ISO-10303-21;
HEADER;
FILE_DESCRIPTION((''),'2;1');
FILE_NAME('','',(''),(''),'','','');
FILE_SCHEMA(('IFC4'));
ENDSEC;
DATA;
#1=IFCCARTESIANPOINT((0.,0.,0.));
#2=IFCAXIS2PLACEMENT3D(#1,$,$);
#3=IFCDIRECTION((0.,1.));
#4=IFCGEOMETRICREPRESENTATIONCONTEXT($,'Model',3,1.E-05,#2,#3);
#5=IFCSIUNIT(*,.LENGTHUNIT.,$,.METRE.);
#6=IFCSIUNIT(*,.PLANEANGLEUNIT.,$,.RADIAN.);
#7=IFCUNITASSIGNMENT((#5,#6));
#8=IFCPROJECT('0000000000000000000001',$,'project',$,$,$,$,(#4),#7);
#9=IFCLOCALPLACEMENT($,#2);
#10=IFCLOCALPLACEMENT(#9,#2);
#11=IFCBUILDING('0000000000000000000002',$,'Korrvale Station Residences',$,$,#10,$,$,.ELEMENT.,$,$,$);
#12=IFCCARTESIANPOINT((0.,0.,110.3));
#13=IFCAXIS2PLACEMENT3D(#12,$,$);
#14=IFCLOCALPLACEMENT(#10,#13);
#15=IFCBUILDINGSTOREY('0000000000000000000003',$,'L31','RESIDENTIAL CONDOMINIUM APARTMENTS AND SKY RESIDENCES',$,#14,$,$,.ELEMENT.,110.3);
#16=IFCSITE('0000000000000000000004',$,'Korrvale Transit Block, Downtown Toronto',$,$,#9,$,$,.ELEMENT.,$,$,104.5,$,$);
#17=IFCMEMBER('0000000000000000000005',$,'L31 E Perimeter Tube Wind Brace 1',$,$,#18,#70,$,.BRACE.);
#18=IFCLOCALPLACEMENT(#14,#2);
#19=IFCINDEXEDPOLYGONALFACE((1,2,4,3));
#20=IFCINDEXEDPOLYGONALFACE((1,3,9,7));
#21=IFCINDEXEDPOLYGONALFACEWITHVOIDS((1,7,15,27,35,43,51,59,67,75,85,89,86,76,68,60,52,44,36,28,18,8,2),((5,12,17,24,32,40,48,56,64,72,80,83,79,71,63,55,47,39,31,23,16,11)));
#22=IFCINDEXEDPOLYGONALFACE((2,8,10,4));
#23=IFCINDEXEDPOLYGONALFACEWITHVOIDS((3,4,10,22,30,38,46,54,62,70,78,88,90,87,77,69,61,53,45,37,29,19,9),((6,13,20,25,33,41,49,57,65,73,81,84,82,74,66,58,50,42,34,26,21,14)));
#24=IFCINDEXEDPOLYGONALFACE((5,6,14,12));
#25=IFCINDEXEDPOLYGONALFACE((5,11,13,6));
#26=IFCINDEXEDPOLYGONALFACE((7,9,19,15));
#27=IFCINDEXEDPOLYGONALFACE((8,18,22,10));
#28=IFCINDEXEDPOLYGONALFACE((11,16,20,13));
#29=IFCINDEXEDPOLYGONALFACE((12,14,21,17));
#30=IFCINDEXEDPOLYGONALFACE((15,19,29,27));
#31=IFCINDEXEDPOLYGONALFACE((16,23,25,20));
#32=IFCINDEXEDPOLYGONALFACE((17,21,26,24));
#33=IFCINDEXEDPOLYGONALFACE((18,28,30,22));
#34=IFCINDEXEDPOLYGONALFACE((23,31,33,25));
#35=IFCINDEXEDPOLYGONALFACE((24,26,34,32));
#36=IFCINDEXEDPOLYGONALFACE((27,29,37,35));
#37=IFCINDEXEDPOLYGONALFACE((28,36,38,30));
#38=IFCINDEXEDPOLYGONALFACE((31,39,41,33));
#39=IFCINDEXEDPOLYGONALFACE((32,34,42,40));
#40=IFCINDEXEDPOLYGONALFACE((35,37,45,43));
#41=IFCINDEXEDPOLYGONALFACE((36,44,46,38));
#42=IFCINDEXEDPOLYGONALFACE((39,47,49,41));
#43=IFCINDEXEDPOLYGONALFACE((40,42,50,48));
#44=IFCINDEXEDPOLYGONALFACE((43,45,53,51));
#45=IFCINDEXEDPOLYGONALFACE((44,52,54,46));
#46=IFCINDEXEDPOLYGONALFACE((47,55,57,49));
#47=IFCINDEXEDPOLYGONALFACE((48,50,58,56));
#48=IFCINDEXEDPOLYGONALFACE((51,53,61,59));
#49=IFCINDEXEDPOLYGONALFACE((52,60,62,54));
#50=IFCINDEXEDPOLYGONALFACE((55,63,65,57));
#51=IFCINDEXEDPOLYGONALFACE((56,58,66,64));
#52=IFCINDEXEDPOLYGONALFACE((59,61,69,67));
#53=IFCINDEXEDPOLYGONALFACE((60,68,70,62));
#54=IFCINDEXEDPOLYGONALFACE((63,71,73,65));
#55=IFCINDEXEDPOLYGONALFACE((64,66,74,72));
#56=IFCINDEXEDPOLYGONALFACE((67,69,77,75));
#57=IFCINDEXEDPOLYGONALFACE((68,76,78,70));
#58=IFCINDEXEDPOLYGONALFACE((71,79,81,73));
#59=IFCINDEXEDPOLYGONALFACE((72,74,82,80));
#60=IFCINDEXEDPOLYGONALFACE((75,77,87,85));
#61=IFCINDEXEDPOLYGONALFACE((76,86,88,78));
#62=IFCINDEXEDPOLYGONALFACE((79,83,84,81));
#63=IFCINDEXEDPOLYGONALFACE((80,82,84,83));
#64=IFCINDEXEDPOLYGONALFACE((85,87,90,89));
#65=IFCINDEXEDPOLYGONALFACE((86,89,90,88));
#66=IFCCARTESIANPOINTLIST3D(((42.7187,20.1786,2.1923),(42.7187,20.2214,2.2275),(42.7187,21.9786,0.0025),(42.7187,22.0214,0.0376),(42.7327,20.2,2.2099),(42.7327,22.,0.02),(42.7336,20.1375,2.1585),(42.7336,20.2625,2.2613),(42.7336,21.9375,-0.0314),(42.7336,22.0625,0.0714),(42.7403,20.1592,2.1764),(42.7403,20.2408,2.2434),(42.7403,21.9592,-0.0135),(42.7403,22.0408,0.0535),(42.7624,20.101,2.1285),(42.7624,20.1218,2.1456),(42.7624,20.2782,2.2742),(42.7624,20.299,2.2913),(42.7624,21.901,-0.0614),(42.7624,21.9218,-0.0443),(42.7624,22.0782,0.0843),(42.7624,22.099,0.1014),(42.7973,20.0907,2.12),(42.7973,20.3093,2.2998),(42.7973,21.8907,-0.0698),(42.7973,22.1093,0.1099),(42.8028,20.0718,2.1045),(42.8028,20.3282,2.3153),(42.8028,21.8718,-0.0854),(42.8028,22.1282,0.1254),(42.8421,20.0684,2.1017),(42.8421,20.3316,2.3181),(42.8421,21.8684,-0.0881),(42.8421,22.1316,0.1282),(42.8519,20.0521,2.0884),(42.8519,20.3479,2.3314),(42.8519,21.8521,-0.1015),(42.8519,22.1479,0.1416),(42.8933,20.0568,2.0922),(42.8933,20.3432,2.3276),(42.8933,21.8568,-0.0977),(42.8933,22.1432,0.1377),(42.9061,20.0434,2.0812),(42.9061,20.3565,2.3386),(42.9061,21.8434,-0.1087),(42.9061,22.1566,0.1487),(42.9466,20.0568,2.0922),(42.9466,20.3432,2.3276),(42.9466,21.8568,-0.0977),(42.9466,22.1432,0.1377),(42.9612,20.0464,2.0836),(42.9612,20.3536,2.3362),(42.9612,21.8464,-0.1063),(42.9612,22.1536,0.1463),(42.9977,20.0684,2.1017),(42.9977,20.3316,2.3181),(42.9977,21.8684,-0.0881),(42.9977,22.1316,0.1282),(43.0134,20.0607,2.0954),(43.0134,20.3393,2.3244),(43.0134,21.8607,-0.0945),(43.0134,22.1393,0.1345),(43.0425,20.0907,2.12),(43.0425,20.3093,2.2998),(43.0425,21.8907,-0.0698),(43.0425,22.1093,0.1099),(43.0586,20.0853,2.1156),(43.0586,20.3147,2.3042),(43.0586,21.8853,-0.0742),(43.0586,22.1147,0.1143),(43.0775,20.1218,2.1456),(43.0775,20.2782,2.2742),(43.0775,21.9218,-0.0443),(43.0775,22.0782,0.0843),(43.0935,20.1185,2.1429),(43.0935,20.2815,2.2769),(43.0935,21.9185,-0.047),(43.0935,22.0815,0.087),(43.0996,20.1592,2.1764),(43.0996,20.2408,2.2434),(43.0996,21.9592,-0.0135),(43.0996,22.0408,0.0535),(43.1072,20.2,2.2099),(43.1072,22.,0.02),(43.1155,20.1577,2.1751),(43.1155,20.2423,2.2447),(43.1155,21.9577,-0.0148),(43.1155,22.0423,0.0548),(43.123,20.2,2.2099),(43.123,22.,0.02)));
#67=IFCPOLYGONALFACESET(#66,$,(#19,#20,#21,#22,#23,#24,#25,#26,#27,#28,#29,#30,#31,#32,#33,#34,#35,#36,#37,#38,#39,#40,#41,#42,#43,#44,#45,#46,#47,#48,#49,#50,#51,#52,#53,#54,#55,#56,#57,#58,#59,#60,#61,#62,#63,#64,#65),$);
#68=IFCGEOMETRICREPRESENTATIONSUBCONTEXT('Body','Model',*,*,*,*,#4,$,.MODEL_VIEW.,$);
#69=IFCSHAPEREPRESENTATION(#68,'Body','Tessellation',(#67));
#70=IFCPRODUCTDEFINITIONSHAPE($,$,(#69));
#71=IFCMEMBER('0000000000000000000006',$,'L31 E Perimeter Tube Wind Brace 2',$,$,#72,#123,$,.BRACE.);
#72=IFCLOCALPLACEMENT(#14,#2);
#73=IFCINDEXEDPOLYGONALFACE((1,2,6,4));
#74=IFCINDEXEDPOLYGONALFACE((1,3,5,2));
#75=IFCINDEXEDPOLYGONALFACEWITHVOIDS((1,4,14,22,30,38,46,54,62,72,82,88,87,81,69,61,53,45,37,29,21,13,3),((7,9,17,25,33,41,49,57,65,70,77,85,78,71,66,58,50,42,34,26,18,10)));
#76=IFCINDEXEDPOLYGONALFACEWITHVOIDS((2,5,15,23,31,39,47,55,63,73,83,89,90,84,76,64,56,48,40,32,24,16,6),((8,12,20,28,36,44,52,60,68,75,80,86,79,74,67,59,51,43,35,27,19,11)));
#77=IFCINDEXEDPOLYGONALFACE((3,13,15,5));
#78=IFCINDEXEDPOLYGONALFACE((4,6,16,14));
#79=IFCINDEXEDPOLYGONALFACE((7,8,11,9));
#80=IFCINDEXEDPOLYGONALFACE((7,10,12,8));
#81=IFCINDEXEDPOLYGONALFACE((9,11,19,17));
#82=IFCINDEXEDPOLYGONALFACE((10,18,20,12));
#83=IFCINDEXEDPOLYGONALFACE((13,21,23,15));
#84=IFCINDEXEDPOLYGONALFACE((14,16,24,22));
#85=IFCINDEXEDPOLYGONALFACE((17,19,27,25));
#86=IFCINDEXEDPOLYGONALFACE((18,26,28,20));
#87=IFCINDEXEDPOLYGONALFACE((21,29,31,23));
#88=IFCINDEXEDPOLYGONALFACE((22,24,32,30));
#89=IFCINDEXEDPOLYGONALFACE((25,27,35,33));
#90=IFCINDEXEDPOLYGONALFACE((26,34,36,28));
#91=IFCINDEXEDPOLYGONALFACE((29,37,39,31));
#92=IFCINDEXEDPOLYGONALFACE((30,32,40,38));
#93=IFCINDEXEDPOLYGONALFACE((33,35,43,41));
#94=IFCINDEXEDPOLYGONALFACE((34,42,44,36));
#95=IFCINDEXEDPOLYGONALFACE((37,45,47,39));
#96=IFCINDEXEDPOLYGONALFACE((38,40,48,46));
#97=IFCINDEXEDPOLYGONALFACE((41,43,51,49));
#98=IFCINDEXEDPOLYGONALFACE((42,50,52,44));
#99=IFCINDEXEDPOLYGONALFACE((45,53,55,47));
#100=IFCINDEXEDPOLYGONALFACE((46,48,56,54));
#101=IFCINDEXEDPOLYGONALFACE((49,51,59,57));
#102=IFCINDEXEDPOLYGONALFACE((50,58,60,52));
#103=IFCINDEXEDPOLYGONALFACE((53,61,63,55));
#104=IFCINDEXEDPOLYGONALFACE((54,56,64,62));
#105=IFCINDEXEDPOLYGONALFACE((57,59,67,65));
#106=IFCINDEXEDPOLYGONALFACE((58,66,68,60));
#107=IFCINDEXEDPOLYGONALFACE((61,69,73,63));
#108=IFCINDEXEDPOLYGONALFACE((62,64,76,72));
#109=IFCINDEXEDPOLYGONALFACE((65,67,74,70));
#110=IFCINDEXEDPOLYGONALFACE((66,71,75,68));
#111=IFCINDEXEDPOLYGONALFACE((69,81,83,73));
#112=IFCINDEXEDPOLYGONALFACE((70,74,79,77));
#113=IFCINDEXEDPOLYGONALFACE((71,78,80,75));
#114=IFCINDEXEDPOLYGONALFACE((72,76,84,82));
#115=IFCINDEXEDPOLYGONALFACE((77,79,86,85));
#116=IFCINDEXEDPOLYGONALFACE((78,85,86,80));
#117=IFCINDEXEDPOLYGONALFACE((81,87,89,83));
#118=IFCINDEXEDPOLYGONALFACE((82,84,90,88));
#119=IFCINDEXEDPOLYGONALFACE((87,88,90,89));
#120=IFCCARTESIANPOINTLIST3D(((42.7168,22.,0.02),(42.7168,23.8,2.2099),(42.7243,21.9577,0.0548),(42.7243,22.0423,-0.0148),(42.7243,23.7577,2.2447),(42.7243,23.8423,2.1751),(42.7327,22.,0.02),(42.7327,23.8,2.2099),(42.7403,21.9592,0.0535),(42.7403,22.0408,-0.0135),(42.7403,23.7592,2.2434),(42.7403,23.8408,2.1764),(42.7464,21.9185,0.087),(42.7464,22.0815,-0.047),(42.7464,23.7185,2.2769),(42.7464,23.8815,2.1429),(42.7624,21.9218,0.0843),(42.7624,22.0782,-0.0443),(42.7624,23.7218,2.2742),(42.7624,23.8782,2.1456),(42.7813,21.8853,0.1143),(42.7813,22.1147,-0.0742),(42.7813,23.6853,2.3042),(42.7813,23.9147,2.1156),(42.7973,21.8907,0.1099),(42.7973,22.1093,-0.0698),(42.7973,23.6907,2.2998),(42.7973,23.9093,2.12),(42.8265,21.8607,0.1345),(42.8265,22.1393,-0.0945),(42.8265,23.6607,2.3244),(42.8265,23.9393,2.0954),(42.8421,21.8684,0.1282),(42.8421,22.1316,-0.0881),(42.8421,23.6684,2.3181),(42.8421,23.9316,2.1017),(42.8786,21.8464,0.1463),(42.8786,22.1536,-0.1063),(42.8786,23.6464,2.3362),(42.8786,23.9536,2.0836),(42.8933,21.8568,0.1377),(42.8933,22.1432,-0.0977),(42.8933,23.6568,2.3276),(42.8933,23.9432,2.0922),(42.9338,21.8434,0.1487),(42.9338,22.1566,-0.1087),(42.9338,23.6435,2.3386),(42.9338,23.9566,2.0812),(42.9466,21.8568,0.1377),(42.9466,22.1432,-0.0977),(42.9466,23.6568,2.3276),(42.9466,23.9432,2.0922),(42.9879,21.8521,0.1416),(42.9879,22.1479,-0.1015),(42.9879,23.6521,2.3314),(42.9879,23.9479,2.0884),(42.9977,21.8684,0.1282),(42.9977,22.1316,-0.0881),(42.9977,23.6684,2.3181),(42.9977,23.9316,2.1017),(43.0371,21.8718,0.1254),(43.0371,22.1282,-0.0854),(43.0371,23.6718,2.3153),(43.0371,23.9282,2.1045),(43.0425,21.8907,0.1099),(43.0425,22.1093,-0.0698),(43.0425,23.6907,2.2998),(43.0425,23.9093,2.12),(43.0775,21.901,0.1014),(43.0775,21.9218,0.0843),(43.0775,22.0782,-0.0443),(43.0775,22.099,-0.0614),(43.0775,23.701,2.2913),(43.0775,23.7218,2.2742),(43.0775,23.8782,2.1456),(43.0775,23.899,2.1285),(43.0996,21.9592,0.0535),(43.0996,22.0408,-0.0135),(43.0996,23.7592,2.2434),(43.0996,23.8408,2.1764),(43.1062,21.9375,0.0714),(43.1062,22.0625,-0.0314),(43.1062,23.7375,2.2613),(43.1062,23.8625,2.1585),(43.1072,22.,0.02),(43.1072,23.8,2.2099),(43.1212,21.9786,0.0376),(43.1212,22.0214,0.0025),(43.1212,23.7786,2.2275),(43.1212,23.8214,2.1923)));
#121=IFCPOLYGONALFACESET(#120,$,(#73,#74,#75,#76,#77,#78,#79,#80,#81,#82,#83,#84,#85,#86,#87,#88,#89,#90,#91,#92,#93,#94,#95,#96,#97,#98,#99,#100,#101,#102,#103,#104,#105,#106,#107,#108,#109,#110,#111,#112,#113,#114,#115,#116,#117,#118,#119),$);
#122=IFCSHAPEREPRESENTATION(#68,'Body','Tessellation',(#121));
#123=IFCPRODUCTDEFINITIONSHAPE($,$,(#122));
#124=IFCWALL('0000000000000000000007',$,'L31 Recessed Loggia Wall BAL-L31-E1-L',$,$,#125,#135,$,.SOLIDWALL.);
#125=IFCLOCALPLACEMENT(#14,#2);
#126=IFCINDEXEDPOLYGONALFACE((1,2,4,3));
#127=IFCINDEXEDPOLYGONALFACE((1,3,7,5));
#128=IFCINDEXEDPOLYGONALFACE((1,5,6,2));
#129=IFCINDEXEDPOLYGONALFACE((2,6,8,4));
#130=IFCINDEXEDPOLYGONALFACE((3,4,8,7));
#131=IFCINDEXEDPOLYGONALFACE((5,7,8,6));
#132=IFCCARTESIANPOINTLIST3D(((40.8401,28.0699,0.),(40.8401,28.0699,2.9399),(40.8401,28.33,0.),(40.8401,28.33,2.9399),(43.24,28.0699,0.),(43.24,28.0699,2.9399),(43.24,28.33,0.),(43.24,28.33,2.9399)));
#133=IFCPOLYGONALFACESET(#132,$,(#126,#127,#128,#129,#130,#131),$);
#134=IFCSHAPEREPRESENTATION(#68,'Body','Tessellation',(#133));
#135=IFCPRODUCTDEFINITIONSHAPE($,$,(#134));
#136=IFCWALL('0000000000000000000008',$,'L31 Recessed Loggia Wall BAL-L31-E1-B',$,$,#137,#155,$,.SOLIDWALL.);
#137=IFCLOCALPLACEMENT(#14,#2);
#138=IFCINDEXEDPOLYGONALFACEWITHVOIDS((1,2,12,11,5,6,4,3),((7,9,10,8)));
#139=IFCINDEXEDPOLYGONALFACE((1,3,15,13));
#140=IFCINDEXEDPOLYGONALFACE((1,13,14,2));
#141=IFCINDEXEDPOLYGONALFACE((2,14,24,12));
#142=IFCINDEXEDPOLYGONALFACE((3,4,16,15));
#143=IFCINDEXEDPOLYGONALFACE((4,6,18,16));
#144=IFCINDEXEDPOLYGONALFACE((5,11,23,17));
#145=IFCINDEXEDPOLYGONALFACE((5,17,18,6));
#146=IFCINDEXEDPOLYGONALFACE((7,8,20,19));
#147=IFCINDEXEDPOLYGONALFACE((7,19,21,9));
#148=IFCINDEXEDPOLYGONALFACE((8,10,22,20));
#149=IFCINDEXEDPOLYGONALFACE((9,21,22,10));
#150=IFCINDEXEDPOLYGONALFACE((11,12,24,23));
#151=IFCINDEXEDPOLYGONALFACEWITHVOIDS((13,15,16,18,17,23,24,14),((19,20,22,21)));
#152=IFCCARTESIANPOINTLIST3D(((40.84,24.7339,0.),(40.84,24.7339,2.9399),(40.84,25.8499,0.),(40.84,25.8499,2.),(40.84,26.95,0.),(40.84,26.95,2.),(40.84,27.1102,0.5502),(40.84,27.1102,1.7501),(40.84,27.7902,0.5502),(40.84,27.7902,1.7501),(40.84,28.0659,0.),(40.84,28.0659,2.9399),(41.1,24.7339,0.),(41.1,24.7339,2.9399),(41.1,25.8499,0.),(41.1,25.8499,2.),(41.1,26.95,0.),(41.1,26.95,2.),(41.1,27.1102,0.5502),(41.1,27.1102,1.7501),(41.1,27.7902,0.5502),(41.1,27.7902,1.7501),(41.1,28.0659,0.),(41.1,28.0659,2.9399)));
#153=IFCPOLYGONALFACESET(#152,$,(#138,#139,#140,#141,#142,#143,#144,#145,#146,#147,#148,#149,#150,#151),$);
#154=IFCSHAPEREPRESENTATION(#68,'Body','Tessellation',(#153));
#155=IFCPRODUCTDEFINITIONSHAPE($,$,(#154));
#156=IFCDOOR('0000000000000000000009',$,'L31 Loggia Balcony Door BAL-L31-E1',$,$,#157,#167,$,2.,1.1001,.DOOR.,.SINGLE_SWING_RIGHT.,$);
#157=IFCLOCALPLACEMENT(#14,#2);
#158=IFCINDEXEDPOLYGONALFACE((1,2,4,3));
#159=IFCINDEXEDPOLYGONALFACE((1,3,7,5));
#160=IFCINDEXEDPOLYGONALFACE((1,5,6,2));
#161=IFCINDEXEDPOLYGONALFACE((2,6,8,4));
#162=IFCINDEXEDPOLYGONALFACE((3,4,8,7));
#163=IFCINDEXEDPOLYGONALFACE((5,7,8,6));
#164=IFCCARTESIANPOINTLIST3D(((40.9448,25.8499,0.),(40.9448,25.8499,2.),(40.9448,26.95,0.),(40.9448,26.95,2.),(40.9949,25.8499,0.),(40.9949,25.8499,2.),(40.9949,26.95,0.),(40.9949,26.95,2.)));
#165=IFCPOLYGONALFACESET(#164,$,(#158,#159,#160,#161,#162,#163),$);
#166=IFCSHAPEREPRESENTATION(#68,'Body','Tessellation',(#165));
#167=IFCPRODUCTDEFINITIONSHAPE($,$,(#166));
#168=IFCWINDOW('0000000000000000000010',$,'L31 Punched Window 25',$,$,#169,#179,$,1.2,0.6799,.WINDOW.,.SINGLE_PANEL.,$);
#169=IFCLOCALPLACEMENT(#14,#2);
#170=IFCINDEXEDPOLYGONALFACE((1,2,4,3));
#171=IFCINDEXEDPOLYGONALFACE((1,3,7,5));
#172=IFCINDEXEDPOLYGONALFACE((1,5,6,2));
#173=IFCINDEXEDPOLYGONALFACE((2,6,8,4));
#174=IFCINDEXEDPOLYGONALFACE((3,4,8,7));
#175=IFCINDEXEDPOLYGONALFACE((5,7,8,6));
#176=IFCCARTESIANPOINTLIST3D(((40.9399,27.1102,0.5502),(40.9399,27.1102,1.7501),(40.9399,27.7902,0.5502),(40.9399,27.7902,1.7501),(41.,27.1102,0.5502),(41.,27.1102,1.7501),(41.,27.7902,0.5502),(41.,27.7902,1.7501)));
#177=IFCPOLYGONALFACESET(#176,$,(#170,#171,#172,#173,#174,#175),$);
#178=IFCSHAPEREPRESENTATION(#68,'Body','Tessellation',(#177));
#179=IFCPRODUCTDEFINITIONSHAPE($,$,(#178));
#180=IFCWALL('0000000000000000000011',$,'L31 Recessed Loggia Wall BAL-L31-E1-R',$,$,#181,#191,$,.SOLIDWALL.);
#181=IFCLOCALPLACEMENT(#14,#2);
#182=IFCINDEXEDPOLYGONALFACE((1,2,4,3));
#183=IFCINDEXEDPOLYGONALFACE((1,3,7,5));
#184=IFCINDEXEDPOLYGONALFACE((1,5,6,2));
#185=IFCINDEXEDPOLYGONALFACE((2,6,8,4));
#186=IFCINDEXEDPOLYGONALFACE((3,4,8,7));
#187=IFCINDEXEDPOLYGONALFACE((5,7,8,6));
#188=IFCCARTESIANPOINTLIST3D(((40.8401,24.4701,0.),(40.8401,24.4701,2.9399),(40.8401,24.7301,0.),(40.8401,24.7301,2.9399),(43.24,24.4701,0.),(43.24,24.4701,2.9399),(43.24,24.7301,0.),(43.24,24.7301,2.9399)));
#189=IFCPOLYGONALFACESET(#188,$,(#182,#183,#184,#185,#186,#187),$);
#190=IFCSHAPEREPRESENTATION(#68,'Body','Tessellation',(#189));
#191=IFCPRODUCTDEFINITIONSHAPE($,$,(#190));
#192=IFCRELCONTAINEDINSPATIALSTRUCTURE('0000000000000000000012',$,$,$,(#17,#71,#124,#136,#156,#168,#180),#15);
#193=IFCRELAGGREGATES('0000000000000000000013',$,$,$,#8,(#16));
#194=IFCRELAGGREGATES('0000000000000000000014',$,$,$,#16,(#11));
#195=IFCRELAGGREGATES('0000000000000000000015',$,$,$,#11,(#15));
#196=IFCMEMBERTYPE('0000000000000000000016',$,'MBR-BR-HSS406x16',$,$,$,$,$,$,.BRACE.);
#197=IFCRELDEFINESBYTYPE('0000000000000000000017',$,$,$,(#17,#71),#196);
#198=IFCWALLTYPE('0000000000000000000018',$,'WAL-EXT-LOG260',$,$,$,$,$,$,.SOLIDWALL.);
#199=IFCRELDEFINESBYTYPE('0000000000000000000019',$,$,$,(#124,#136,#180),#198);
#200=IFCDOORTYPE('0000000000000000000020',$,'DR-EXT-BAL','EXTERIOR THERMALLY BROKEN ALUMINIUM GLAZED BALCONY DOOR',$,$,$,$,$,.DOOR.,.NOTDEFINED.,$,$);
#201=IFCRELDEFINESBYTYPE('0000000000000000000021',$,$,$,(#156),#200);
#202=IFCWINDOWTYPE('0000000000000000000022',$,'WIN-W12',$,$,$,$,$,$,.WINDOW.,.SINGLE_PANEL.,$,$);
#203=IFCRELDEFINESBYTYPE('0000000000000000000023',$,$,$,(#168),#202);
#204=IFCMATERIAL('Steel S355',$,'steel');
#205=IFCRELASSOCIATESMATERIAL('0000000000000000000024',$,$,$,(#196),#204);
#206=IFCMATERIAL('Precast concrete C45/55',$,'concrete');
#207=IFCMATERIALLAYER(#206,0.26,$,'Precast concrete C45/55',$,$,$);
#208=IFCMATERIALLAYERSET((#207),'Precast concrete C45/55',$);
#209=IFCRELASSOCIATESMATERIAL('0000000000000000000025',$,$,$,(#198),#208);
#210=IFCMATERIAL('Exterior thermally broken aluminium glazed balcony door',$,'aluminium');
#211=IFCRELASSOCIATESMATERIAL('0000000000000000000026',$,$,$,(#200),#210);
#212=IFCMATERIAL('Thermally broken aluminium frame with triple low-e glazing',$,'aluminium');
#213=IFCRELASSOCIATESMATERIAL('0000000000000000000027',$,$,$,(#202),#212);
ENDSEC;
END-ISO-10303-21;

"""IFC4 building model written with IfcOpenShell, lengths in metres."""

from ifc_helpers import new_model, si_unit, direction, frame, frame_2d, origin, origin_2d, place, context, subcontext, project, spatial, rectangle, hollow_circle, extrude, material, layer, layer_set, material_profile, profile_set, type_object, element, fill, save


model = new_model("IFC4")

# Units and contexts
model_context = context("Model", 3, precision=1e-05, world=origin(), true_north=direction((0.0, 1.0)))
body_context = subcontext(model_context, "Body", "Model", "MODEL_VIEW")
ifc_project = project(units=[si_unit("LENGTHUNIT", "METRE"), si_unit("PLANEANGLEUNIT", "RADIAN")], contexts=[model_context])

# Site, building, storey
site_placement = place(None, origin())
site = spatial("IfcSite", under=ifc_project, at=site_placement, Name="Korrvale Transit Block, Downtown Toronto", CompositionType="ELEMENT", RefElevation=104.5)
building_placement = place(site_placement, origin())
building = spatial("IfcBuilding", under=site, at=building_placement, Name="Korrvale Station Residences", CompositionType="ELEMENT")
storey_placement = place(building_placement, frame((0.0, 0.0, 110.3)))
storey = spatial("IfcBuildingStorey", under=building, at=storey_placement, Name="L31", Description="RESIDENTIAL CONDOMINIUM APARTMENTS AND SKY RESIDENCES", CompositionType="ELEMENT", Elevation=110.3)

# Shared definitions
ifc_material_1 = material(Name="Steel S355", Category="steel")

# Members
ifc_material_profile_1 = material_profile(ifc_material_1, hollow_circle(Radius=0.2031, WallThickness=0.0159, at=origin_2d()), Name="HSS406x16")
ifc_profile_set_1 = profile_set([ifc_material_profile_1], Name="Steel S355")
member_type = type_object("IfcMemberType", Name="MBR-BR-HSS406x16", PredefinedType="BRACE", material=ifc_profile_set_1)
for number, where, z_axis, x_axis, name in (
    (1, (42.9199, 22.0, 0.02), (0.0, -0.634985, 0.772524), (1.0, 0.0, 0.0), "L31 E Perimeter Tube Wind Brace 1"),
    (2, (42.9199, 22.0, 0.02), (0.0, 0.634985, 0.772524), (-1.0, 0.0, 0.0), "L31 E Perimeter Tube Wind Brace 2"),
):
    element("IfcMember", number, at=place(storey_placement, frame(where, z_axis=z_axis, x_axis=x_axis)), inside=storey, type_object=member_type, Name=name, PredefinedType="BRACE", context=body_context, shape_type="SweptSolid", body=[
        extrude(hollow_circle(Radius=0.2031, WallThickness=0.0159, at=origin_2d()), origin(), (0.0, 0.0, 1.0), 2.8347),
    ])

# Wall
ifc_material_2 = material(Name="Precast concrete C45/55", Category="concrete")
ifc_layer_1 = layer(ifc_material_2, 0.26, Name="Precast concrete C45/55")
ifc_layer_set_1 = layer_set([ifc_layer_1], Name="Precast concrete C45/55")
wall_type_1 = type_object("IfcWallType", Name="WAL-EXT-LOG260", PredefinedType="SOLIDWALL", material=ifc_layer_set_1)
wall_1_placement = place(storey_placement, frame((43.24, 28.2, 0.0), z_axis=(0.0, 0.0, 1.0), x_axis=(-1.0, 0.0, 0.0)))
element("IfcWall", 3, at=wall_1_placement, inside=storey, type_object=wall_type_1, Name="L31 Recessed Loggia Wall BAL-L31-E1-L", PredefinedType="SOLIDWALL", context=body_context, shape_type="SweptSolid", body=[
    extrude(rectangle(XDim=2.3999, YDim=0.26, at=frame_2d((1.2, 0.0))), origin(), (0.0, 0.0, 1.0), 2.9399),
])

# Wall, openings, door, window
wall_2_placement = place(storey_placement, frame((40.97, 28.0659, 0.0), z_axis=(0.0, 0.0, 1.0), x_axis=(0.0, -1.0, 0.0)))
wall_2 = element("IfcWall", 4, at=wall_2_placement, inside=storey, type_object=wall_type_1, Name="L31 Recessed Loggia Wall BAL-L31-E1-B", PredefinedType="SOLIDWALL", context=body_context, shape_type="SweptSolid", body=[
    extrude(rectangle(XDim=3.332, YDim=0.26, at=frame_2d((1.666, 0.0))), origin(), (0.0, 0.0, 1.0), 2.9399),
])
opening_1_placement = place(wall_2_placement, frame((1.116, 0.0, 0.0)))
opening_1 = element("IfcOpeningElement", 5, at=opening_1_placement, cuts=wall_2, PredefinedType="OPENING", context=body_context, shape_type="SweptSolid", body=[
    extrude(rectangle(XDim=1.1001, YDim=2.0, at=frame_2d((0.55, 1.0))), frame((0.0, 0.1401, 0.0), z_axis=(0.0, -1.0, 0.0), x_axis=(1.0, 0.0, 0.0)), (0.0, 0.0, 1.0), 0.28),
])
opening_2_placement = place(wall_2_placement, frame((0.2759, 0.0, 0.55)))
opening_2 = element("IfcOpeningElement", 6, at=opening_2_placement, cuts=wall_2, PredefinedType="OPENING", context=body_context, shape_type="SweptSolid", body=[
    extrude(rectangle(XDim=0.6799, YDim=1.2, at=frame_2d((0.3398, 0.6001))), frame((0.0, 0.1401, 0.0), z_axis=(0.0, -1.0, 0.0), x_axis=(1.0, 0.0, 0.0)), (0.0, 0.0, 1.0), 0.28),
])
ifc_material_3 = material(Name="Exterior thermally broken aluminium glazed balcony door", Category="aluminium")
door_type_1 = type_object("IfcDoorType", Name="DR-EXT-BAL", Description="EXTERIOR THERMALLY BROKEN ALUMINIUM GLAZED BALCONY DOOR", OperationType="NOTDEFINED", PredefinedType="DOOR", material=ifc_material_3)
door_1_placement = place(opening_1_placement, origin())
door_1 = element("IfcDoor", 7, at=door_1_placement, inside=storey, type_object=door_type_1, Name="L31 Loggia Balcony Door BAL-L31-E1", OperationType="SINGLE_SWING_RIGHT", OverallHeight=2.0, OverallWidth=1.1001, PredefinedType="DOOR", context=body_context, shape_type="SweptSolid", body=[
    extrude(rectangle(XDim=1.1001, YDim=2.0, at=frame_2d((0.55, 1.0))), frame((0.0, 0.0249, 0.0), z_axis=(0.0, -1.0, 0.0), x_axis=(1.0, 0.0, 0.0)), (0.0, 0.0, 1.0), 0.05),
])
fill(opening_1, door_1)
ifc_material_4 = material(Name="Thermally broken aluminium frame with triple low-e glazing", Category="aluminium")
window_type_1 = type_object("IfcWindowType", Name="WIN-W12", PartitioningType="SINGLE_PANEL", PredefinedType="WINDOW", material=ifc_material_4)
window_1_placement = place(opening_2_placement, origin())
window_1 = element("IfcWindow", 8, at=window_1_placement, inside=storey, type_object=window_type_1, Name="L31 Punched Window 25", OverallHeight=1.2, OverallWidth=0.6799, PartitioningType="SINGLE_PANEL", PredefinedType="WINDOW", context=body_context, shape_type="SweptSolid", body=[
    extrude(rectangle(XDim=0.6799, YDim=1.2, at=frame_2d((0.3398, 0.6001))), frame((0.0, 0.03, 0.0), z_axis=(0.0, -1.0, 0.0), x_axis=(1.0, 0.0, 0.0)), (0.0, 0.0, 1.0), 0.0601),
])
fill(opening_2, window_1)

# Wall
wall_3_placement = place(storey_placement, frame((40.8401, 24.6001, 0.0), z_axis=(0.0, 0.0, 1.0), x_axis=(1.0, 0.0, 0.0)))
element("IfcWall", 9, at=wall_3_placement, inside=storey, type_object=wall_type_1, Name="L31 Recessed Loggia Wall BAL-L31-E1-R", PredefinedType="SOLIDWALL", context=body_context, shape_type="SweptSolid", body=[
    extrude(rectangle(XDim=2.3999, YDim=0.26, at=frame_2d((1.2, 0.0))), origin(), (0.0, 0.0, 1.0), 2.9399),
])

save(model, "model.ifc")
